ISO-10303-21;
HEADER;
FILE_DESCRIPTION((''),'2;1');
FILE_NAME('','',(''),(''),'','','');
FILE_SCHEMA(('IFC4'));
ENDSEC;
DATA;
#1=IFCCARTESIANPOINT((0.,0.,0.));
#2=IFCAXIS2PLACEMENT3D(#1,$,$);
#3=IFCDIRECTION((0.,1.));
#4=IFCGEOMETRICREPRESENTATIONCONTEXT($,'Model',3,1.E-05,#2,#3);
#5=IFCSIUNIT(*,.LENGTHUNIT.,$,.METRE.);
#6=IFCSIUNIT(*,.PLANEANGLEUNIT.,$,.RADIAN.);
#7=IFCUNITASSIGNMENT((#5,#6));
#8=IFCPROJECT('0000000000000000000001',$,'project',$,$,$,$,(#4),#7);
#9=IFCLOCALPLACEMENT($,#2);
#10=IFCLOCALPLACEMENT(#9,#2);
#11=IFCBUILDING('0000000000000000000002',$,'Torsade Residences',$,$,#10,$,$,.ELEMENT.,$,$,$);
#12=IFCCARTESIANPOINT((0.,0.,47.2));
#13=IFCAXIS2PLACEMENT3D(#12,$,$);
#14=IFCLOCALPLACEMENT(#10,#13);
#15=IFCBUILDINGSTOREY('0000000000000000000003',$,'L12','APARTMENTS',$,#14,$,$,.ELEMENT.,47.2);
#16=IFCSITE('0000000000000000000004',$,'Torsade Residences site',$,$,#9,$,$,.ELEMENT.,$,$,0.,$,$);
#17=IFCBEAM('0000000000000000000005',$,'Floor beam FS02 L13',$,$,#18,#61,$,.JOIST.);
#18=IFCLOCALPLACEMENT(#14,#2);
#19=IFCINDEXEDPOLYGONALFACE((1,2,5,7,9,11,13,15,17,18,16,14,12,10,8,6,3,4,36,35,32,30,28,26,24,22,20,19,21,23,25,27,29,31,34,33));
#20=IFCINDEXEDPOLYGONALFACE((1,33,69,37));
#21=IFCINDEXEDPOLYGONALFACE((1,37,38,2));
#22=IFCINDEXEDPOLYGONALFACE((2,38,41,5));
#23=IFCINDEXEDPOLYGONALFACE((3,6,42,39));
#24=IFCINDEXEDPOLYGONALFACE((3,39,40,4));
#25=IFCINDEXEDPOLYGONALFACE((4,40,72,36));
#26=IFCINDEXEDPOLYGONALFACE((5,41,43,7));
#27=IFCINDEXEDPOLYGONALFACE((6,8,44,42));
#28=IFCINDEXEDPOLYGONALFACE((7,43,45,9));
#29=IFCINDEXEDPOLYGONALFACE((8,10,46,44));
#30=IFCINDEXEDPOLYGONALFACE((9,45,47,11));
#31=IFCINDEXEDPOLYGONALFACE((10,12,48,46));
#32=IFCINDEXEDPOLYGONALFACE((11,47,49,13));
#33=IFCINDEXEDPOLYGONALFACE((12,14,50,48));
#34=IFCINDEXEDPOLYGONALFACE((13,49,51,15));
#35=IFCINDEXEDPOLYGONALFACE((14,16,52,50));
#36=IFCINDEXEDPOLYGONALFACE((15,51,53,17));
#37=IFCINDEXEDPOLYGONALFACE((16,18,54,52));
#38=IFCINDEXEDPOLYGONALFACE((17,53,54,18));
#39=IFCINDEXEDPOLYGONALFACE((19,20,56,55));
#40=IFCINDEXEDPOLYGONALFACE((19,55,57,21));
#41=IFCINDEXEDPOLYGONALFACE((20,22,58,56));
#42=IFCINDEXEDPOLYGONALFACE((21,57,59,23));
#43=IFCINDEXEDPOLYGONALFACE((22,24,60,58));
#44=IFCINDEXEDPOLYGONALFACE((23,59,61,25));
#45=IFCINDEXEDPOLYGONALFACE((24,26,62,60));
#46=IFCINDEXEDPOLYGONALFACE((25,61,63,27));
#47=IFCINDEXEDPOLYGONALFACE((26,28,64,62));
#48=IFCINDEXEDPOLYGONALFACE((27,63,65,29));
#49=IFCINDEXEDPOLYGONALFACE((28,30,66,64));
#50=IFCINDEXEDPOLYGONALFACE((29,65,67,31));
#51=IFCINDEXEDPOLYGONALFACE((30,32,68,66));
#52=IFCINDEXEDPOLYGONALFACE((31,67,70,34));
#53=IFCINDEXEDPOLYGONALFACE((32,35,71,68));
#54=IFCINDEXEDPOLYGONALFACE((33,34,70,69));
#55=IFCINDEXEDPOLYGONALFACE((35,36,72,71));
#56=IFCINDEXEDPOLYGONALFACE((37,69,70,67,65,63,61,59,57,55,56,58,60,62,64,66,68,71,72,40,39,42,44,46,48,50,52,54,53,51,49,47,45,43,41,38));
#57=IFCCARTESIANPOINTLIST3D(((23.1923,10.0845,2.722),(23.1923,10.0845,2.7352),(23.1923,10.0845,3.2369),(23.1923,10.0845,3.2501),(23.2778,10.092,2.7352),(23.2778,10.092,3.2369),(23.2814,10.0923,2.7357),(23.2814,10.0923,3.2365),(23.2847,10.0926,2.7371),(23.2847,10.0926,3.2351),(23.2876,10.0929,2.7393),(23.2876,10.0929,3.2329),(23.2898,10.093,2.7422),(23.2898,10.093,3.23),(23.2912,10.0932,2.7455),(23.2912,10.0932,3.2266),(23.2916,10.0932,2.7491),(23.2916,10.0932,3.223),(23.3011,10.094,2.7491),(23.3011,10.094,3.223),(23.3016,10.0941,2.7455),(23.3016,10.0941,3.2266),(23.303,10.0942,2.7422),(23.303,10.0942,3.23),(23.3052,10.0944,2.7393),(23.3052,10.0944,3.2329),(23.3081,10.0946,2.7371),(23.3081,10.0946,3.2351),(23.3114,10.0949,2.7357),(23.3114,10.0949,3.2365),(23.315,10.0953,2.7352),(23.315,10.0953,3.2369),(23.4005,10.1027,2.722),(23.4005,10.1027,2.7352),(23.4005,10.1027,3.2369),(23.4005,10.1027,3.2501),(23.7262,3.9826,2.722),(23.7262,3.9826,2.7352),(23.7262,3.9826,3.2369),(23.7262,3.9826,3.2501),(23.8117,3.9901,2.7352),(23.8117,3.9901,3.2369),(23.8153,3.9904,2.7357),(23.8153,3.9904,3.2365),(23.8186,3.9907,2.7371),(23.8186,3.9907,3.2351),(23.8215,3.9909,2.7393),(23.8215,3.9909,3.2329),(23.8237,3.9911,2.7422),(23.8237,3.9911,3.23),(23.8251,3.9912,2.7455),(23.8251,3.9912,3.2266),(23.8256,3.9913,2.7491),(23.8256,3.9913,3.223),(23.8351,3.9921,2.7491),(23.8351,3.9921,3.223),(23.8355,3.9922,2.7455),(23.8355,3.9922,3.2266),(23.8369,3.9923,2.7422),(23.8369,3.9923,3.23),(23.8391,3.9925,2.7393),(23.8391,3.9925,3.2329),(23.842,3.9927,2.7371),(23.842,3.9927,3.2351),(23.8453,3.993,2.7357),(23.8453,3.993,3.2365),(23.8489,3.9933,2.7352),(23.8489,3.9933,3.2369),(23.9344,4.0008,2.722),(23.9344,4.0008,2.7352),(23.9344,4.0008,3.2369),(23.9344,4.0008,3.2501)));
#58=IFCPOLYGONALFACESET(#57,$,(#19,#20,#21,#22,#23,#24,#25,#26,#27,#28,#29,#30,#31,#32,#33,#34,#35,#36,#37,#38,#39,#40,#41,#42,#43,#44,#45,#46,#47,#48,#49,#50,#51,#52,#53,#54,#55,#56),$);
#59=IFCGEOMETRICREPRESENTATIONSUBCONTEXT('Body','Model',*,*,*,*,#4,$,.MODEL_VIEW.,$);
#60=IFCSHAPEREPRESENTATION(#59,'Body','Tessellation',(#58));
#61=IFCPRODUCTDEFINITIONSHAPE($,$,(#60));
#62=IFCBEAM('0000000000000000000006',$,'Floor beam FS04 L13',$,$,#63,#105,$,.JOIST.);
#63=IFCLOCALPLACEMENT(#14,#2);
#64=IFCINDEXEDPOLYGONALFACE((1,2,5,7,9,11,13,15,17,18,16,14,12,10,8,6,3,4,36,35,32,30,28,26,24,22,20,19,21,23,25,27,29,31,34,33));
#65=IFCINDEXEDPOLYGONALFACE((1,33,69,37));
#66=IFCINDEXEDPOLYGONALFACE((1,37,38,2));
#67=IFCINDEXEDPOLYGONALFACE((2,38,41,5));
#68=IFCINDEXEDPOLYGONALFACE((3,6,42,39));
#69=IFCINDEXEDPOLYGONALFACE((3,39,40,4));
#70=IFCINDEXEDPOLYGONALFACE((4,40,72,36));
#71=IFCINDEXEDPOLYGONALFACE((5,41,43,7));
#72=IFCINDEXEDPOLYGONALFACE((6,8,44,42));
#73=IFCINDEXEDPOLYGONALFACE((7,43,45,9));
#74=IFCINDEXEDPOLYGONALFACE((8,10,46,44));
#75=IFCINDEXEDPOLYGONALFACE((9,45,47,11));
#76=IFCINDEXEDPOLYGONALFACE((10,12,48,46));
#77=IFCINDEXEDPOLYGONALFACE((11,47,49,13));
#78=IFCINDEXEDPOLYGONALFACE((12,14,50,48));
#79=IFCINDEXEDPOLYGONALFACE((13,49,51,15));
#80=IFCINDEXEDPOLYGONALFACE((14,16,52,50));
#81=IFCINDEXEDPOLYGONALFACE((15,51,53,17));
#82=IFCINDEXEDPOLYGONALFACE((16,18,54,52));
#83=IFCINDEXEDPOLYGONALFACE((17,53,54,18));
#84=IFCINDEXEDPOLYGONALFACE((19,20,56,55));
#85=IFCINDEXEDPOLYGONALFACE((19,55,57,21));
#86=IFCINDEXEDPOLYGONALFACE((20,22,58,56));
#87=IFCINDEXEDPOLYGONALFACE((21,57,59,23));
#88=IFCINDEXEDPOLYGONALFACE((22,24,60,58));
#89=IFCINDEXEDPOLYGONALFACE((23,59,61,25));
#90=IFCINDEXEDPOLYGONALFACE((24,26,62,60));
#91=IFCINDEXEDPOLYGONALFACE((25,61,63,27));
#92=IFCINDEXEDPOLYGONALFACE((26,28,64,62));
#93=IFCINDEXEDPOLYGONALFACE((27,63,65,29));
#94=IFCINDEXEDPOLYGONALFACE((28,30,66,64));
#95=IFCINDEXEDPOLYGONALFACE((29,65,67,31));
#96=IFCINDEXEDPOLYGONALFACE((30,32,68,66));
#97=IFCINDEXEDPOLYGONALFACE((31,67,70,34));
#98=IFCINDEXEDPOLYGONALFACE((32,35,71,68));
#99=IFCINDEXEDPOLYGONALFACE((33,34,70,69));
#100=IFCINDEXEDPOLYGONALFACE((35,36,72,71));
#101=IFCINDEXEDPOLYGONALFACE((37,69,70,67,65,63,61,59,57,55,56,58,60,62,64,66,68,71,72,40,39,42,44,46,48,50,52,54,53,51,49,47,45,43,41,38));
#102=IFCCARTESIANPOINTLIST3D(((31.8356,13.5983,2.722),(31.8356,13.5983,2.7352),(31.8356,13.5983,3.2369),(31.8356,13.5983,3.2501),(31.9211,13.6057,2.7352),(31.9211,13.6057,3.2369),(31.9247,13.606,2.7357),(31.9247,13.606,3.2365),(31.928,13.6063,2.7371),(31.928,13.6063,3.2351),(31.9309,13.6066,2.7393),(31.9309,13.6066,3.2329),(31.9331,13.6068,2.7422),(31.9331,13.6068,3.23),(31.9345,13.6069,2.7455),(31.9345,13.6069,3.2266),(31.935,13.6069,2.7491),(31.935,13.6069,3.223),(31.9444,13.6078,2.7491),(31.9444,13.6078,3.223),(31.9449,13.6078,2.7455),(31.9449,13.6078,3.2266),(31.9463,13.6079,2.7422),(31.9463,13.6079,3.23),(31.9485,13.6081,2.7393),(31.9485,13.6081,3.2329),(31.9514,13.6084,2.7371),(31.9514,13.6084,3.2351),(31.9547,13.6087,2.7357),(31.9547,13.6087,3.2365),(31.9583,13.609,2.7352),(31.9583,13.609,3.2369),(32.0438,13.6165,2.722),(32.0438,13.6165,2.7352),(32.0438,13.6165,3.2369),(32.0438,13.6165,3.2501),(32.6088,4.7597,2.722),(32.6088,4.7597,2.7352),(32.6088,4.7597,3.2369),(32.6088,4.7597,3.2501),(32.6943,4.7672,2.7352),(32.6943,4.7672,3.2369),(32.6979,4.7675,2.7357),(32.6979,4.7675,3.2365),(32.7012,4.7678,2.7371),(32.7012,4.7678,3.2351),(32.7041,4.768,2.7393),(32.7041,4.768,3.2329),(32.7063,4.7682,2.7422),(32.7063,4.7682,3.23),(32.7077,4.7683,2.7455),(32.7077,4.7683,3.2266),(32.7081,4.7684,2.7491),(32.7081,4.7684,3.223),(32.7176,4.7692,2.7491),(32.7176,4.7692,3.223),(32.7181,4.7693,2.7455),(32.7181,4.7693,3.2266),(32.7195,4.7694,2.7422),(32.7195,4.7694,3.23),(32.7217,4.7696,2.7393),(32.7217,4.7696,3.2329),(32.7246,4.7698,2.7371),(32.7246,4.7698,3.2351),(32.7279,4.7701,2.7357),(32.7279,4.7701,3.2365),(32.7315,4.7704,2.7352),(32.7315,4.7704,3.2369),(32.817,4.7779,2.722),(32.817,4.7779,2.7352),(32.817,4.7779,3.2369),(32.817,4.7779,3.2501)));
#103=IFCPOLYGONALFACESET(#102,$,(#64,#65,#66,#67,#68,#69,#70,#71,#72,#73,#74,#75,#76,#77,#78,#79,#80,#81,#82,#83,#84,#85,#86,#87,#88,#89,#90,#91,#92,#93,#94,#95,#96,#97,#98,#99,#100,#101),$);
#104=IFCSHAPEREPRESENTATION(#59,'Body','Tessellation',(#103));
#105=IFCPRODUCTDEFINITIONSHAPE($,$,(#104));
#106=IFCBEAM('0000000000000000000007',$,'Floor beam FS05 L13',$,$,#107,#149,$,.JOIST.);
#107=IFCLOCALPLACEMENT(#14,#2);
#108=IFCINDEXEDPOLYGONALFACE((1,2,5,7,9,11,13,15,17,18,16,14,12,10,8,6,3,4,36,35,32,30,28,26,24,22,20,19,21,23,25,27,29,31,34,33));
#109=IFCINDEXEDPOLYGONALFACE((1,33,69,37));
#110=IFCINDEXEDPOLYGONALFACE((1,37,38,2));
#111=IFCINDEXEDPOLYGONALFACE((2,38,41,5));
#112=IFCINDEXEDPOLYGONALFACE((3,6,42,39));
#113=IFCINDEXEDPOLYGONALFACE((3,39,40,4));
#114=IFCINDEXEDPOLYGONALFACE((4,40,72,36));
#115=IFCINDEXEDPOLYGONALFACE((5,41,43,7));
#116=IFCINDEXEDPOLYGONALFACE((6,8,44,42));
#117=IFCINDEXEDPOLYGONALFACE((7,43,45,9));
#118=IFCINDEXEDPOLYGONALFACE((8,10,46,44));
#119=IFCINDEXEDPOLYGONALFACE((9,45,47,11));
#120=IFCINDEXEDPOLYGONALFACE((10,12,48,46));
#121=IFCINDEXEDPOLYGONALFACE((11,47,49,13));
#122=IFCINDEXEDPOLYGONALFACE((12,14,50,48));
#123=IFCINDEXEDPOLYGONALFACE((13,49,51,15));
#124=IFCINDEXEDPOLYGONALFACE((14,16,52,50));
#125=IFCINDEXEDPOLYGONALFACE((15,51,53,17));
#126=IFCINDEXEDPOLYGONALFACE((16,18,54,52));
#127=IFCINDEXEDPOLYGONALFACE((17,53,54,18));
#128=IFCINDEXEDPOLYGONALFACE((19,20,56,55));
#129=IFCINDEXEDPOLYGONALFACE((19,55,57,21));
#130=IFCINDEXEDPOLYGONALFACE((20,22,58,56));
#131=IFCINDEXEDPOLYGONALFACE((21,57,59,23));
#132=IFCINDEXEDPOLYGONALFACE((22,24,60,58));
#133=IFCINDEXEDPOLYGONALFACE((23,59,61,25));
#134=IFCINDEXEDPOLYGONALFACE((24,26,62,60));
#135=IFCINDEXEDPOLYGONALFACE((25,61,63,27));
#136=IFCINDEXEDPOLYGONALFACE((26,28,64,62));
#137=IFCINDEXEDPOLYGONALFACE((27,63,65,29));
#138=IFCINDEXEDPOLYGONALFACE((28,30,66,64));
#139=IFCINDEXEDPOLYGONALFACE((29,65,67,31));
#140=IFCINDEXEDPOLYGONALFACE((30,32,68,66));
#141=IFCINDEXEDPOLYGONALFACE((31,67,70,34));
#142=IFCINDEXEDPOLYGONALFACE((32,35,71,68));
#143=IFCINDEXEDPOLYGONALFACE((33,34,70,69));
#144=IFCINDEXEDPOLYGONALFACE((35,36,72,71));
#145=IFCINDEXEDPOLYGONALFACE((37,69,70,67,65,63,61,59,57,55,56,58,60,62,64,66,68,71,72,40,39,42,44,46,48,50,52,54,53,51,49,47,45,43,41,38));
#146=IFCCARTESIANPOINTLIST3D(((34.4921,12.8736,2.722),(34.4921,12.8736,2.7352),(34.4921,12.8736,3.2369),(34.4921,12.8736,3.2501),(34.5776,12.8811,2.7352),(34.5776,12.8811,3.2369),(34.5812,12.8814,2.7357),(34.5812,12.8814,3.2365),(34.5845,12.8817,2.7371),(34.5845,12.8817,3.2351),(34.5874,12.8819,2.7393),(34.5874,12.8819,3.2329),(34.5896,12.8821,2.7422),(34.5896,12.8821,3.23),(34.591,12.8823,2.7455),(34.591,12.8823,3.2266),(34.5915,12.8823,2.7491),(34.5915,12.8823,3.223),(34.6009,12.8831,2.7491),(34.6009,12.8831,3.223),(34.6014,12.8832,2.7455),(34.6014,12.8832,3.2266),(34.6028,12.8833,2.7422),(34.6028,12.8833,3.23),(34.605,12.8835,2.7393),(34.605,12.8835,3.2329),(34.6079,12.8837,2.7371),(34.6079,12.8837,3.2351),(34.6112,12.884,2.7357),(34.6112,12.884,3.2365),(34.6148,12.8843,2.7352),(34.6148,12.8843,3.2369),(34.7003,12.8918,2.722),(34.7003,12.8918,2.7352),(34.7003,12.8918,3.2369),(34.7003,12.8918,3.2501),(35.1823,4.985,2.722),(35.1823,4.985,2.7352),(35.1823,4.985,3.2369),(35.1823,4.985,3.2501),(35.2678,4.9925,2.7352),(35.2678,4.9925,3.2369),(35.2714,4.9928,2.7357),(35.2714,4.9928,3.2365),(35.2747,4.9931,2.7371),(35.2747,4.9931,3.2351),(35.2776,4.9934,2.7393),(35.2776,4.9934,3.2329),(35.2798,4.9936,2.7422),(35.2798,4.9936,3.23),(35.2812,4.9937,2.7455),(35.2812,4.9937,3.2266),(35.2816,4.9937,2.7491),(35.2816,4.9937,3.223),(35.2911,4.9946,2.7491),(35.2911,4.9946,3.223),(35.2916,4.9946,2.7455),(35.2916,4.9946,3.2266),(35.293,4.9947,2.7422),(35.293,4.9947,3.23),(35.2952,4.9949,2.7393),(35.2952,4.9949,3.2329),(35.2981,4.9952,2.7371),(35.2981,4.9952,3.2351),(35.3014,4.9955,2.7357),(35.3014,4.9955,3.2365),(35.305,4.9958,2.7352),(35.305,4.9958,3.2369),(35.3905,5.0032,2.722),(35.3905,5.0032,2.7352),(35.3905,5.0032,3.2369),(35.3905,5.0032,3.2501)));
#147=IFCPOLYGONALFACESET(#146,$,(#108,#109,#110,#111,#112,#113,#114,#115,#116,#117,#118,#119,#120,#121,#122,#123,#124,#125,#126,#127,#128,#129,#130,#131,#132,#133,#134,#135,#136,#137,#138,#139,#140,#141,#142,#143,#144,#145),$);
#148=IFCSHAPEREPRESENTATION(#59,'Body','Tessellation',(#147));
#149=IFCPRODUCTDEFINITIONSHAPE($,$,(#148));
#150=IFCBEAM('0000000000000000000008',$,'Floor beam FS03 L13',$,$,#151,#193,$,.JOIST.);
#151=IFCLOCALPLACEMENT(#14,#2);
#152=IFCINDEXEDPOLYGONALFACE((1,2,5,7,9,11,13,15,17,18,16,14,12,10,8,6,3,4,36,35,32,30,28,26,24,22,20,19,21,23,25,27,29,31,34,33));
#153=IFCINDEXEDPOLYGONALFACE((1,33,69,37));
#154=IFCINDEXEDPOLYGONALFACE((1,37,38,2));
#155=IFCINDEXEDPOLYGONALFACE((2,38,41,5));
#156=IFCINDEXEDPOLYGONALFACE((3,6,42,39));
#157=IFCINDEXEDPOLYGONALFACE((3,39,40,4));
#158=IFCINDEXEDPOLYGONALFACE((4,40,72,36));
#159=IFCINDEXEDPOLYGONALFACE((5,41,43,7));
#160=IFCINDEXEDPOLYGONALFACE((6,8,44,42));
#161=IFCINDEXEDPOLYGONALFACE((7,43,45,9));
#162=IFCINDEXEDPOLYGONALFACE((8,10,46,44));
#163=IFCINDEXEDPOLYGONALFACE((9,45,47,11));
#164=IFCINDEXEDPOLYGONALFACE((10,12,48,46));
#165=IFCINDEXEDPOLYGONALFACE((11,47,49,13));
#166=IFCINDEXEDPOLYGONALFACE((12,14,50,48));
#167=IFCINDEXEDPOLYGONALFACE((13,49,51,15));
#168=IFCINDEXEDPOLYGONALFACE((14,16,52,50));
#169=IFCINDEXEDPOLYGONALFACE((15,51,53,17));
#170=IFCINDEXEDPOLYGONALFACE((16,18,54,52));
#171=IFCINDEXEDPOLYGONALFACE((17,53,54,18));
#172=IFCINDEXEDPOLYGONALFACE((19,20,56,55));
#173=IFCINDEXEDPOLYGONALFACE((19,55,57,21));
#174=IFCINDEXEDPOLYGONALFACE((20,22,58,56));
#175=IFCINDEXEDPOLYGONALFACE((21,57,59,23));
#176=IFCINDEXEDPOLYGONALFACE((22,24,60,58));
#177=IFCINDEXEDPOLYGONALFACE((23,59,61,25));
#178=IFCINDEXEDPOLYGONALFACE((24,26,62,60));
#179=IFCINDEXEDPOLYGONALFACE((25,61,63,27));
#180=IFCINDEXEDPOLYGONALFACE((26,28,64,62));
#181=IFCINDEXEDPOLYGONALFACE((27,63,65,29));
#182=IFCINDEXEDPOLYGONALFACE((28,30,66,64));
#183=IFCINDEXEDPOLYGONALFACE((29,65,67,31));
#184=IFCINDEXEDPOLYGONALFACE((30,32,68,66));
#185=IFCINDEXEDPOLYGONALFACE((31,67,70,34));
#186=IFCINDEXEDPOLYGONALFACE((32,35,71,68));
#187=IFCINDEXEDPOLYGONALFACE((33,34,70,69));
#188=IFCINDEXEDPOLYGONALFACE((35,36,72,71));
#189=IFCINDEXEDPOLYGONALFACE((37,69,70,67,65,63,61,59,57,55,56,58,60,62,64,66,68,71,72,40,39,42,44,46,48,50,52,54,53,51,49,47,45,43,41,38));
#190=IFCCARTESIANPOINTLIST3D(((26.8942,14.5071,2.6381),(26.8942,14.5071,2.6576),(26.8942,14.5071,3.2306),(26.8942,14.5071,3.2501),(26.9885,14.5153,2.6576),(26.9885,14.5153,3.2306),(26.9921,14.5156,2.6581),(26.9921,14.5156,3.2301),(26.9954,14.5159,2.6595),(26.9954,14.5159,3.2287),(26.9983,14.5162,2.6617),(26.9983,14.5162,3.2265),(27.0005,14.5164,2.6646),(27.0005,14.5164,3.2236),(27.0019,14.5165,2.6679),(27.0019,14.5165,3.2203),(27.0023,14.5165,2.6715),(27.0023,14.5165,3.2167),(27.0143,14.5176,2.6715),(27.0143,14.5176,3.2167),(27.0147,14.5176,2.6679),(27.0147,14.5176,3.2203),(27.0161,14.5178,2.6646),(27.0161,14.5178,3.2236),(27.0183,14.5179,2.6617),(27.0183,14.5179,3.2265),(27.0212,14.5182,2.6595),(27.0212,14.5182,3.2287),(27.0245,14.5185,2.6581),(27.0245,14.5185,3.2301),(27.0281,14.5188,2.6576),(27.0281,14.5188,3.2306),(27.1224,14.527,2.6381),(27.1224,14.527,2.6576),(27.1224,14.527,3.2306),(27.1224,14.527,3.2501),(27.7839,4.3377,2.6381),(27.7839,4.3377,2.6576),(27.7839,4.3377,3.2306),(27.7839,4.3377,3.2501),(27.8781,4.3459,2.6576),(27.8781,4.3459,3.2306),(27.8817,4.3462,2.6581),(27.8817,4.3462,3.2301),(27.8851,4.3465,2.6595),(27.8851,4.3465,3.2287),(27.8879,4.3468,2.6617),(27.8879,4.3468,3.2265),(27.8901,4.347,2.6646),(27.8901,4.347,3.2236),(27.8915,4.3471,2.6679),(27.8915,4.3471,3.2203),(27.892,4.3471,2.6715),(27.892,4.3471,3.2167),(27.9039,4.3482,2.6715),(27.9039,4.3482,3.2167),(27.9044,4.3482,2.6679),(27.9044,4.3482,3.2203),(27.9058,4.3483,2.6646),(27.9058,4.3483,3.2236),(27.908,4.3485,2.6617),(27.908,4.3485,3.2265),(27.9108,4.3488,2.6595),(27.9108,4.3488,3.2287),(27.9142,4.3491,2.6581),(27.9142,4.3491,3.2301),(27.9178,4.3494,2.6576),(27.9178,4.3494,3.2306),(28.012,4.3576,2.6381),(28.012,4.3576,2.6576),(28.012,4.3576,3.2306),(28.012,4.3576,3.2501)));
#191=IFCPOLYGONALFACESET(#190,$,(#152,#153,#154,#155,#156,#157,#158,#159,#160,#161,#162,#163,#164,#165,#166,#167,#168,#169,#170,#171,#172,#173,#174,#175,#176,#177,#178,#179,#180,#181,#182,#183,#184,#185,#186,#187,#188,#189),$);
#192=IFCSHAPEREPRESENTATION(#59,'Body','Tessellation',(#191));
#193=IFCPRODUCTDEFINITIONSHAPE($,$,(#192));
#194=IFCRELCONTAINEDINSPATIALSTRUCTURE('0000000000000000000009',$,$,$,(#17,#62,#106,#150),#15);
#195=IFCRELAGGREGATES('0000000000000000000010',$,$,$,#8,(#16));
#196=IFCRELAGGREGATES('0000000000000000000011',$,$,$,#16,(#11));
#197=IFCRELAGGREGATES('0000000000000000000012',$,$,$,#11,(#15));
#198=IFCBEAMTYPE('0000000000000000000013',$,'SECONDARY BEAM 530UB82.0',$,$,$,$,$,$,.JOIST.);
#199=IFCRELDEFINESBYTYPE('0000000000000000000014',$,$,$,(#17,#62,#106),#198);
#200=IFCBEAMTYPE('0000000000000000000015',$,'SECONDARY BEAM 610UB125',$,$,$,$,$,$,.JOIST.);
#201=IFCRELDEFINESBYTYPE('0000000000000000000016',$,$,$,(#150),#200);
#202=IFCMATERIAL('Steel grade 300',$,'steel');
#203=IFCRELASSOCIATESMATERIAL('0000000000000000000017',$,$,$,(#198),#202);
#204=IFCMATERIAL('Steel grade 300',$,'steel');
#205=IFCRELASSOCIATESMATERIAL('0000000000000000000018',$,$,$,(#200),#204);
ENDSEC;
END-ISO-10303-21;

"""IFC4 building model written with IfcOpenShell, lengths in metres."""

from ifc_helpers import new_model, si_unit, direction, frame, origin, origin_2d, place, context, subcontext, project, spatial, i_section, extrude, material, material_profile, profile_set, type_object, element, save


model = new_model("IFC4")

# Units and contexts
model_context = context("Model", 3, precision=1e-05, world=origin(), true_north=direction((0.0, 1.0)))
body_context = subcontext(model_context, "Body", "Model", "MODEL_VIEW")
ifc_project = project(units=[si_unit("LENGTHUNIT", "METRE"), si_unit("PLANEANGLEUNIT", "RADIAN")], contexts=[model_context])

# Site, building, storey
site_placement = place(None, origin())
site = spatial("IfcSite", under=ifc_project, at=site_placement, Name="Torsade Residences site", CompositionType="ELEMENT", RefElevation=0.0)
building_placement = place(site_placement, origin())
building = spatial("IfcBuilding", under=site, at=building_placement, Name="Torsade Residences", CompositionType="ELEMENT")
storey_placement = place(building_placement, frame((0.0, 0.0, 47.2)))
storey = spatial("IfcBuildingStorey", under=building, at=storey_placement, Name="L12", Description="APARTMENTS", CompositionType="ELEMENT", Elevation=47.2)

# Beams
ifc_material_1 = material(Name="Steel grade 300", Category="steel")
ifc_material_profile_1 = material_profile(ifc_material_1, i_section(OverallWidth=0.209, OverallDepth=0.5281, WebThickness=0.0095, FlangeThickness=0.0132, FilletRadius=0.0139, at=origin_2d()), Name="530UB82.0")
ifc_profile_set_1 = profile_set([ifc_material_profile_1], Name="Steel grade 300")
beam_type_1 = type_object("IfcBeamType", Name="SECONDARY BEAM 530UB82.0", PredefinedType="JOIST", material=ifc_profile_set_1)
beam_1_placement = place(storey_placement, frame((23.8303, 3.9917, 2.9861), z_axis=(-0.087171, 0.996193, 0.0), x_axis=(-0.996193, -0.087171, 0.0)))
element("IfcBeam", 1, at=beam_1_placement, inside=storey, type_object=beam_type_1, Name="Floor beam FS02 L13", PredefinedType="JOIST", context=body_context, shape_type="SweptSolid", body=[
    extrude(i_section(OverallWidth=0.209, OverallDepth=0.5281, WebThickness=0.0095, FlangeThickness=0.0132, FilletRadius=0.0139, at=origin_2d()), origin(), (0.0, 0.0, 1.0), 6.1252),
])
beam_2_placement = place(storey_placement, frame((32.7129, 4.7688, 2.9861), z_axis=(-0.087146, 0.996196, 0.0), x_axis=(-0.996196, -0.087146, 0.0)))
element("IfcBeam", 2, at=beam_2_placement, inside=storey, type_object=beam_type_1, Name="Floor beam FS04 L13", PredefinedType="JOIST", context=body_context, shape_type="SweptSolid", body=[
    extrude(i_section(OverallWidth=0.209, OverallDepth=0.5281, WebThickness=0.0095, FlangeThickness=0.0132, FilletRadius=0.0139, at=origin_2d()), origin(), (0.0, 0.0, 1.0), 8.8723),
])
beam_3_placement = place(storey_placement, frame((35.2864, 4.9941, 2.9861), z_axis=(-0.087158, 0.996195, 0.0), x_axis=(-0.996195, -0.087158, 0.0)))
element("IfcBeam", 3, at=beam_3_placement, inside=storey, type_object=beam_type_1, Name="Floor beam FS05 L13", PredefinedType="JOIST", context=body_context, shape_type="SweptSolid", body=[
    extrude(i_section(OverallWidth=0.209, OverallDepth=0.5281, WebThickness=0.0095, FlangeThickness=0.0132, FilletRadius=0.0139, at=origin_2d()), origin(), (0.0, 0.0, 1.0), 7.9187),
])
ifc_material_2 = material(Name="Steel grade 300", Category="steel")
ifc_material_profile_2 = material_profile(ifc_material_2, i_section(OverallWidth=0.229, OverallDepth=0.6121, WebThickness=0.012, FlangeThickness=0.0195, FilletRadius=0.0139, at=origin_2d()), Name="610UB125")
ifc_profile_set_2 = profile_set([ifc_material_profile_2], Name="Steel grade 300")
beam_type_2 = type_object("IfcBeamType", Name="SECONDARY BEAM 610UB125", PredefinedType="JOIST", material=ifc_profile_set_2)
beam_4_placement = place(storey_placement, frame((27.8979, 4.3477, 2.9441), z_axis=(-0.08715, 0.996195, 0.0), x_axis=(-0.996195, -0.08715, 0.0)))
element("IfcBeam", 4, at=beam_4_placement, inside=storey, type_object=beam_type_2, Name="Floor beam FS03 L13", PredefinedType="JOIST", context=body_context, shape_type="SweptSolid", body=[
    extrude(i_section(OverallWidth=0.229, OverallDepth=0.6121, WebThickness=0.012, FlangeThickness=0.0195, FilletRadius=0.0139, at=origin_2d()), origin(), (0.0, 0.0, 1.0), 10.2083),
])

save(model, "model.ifc")
